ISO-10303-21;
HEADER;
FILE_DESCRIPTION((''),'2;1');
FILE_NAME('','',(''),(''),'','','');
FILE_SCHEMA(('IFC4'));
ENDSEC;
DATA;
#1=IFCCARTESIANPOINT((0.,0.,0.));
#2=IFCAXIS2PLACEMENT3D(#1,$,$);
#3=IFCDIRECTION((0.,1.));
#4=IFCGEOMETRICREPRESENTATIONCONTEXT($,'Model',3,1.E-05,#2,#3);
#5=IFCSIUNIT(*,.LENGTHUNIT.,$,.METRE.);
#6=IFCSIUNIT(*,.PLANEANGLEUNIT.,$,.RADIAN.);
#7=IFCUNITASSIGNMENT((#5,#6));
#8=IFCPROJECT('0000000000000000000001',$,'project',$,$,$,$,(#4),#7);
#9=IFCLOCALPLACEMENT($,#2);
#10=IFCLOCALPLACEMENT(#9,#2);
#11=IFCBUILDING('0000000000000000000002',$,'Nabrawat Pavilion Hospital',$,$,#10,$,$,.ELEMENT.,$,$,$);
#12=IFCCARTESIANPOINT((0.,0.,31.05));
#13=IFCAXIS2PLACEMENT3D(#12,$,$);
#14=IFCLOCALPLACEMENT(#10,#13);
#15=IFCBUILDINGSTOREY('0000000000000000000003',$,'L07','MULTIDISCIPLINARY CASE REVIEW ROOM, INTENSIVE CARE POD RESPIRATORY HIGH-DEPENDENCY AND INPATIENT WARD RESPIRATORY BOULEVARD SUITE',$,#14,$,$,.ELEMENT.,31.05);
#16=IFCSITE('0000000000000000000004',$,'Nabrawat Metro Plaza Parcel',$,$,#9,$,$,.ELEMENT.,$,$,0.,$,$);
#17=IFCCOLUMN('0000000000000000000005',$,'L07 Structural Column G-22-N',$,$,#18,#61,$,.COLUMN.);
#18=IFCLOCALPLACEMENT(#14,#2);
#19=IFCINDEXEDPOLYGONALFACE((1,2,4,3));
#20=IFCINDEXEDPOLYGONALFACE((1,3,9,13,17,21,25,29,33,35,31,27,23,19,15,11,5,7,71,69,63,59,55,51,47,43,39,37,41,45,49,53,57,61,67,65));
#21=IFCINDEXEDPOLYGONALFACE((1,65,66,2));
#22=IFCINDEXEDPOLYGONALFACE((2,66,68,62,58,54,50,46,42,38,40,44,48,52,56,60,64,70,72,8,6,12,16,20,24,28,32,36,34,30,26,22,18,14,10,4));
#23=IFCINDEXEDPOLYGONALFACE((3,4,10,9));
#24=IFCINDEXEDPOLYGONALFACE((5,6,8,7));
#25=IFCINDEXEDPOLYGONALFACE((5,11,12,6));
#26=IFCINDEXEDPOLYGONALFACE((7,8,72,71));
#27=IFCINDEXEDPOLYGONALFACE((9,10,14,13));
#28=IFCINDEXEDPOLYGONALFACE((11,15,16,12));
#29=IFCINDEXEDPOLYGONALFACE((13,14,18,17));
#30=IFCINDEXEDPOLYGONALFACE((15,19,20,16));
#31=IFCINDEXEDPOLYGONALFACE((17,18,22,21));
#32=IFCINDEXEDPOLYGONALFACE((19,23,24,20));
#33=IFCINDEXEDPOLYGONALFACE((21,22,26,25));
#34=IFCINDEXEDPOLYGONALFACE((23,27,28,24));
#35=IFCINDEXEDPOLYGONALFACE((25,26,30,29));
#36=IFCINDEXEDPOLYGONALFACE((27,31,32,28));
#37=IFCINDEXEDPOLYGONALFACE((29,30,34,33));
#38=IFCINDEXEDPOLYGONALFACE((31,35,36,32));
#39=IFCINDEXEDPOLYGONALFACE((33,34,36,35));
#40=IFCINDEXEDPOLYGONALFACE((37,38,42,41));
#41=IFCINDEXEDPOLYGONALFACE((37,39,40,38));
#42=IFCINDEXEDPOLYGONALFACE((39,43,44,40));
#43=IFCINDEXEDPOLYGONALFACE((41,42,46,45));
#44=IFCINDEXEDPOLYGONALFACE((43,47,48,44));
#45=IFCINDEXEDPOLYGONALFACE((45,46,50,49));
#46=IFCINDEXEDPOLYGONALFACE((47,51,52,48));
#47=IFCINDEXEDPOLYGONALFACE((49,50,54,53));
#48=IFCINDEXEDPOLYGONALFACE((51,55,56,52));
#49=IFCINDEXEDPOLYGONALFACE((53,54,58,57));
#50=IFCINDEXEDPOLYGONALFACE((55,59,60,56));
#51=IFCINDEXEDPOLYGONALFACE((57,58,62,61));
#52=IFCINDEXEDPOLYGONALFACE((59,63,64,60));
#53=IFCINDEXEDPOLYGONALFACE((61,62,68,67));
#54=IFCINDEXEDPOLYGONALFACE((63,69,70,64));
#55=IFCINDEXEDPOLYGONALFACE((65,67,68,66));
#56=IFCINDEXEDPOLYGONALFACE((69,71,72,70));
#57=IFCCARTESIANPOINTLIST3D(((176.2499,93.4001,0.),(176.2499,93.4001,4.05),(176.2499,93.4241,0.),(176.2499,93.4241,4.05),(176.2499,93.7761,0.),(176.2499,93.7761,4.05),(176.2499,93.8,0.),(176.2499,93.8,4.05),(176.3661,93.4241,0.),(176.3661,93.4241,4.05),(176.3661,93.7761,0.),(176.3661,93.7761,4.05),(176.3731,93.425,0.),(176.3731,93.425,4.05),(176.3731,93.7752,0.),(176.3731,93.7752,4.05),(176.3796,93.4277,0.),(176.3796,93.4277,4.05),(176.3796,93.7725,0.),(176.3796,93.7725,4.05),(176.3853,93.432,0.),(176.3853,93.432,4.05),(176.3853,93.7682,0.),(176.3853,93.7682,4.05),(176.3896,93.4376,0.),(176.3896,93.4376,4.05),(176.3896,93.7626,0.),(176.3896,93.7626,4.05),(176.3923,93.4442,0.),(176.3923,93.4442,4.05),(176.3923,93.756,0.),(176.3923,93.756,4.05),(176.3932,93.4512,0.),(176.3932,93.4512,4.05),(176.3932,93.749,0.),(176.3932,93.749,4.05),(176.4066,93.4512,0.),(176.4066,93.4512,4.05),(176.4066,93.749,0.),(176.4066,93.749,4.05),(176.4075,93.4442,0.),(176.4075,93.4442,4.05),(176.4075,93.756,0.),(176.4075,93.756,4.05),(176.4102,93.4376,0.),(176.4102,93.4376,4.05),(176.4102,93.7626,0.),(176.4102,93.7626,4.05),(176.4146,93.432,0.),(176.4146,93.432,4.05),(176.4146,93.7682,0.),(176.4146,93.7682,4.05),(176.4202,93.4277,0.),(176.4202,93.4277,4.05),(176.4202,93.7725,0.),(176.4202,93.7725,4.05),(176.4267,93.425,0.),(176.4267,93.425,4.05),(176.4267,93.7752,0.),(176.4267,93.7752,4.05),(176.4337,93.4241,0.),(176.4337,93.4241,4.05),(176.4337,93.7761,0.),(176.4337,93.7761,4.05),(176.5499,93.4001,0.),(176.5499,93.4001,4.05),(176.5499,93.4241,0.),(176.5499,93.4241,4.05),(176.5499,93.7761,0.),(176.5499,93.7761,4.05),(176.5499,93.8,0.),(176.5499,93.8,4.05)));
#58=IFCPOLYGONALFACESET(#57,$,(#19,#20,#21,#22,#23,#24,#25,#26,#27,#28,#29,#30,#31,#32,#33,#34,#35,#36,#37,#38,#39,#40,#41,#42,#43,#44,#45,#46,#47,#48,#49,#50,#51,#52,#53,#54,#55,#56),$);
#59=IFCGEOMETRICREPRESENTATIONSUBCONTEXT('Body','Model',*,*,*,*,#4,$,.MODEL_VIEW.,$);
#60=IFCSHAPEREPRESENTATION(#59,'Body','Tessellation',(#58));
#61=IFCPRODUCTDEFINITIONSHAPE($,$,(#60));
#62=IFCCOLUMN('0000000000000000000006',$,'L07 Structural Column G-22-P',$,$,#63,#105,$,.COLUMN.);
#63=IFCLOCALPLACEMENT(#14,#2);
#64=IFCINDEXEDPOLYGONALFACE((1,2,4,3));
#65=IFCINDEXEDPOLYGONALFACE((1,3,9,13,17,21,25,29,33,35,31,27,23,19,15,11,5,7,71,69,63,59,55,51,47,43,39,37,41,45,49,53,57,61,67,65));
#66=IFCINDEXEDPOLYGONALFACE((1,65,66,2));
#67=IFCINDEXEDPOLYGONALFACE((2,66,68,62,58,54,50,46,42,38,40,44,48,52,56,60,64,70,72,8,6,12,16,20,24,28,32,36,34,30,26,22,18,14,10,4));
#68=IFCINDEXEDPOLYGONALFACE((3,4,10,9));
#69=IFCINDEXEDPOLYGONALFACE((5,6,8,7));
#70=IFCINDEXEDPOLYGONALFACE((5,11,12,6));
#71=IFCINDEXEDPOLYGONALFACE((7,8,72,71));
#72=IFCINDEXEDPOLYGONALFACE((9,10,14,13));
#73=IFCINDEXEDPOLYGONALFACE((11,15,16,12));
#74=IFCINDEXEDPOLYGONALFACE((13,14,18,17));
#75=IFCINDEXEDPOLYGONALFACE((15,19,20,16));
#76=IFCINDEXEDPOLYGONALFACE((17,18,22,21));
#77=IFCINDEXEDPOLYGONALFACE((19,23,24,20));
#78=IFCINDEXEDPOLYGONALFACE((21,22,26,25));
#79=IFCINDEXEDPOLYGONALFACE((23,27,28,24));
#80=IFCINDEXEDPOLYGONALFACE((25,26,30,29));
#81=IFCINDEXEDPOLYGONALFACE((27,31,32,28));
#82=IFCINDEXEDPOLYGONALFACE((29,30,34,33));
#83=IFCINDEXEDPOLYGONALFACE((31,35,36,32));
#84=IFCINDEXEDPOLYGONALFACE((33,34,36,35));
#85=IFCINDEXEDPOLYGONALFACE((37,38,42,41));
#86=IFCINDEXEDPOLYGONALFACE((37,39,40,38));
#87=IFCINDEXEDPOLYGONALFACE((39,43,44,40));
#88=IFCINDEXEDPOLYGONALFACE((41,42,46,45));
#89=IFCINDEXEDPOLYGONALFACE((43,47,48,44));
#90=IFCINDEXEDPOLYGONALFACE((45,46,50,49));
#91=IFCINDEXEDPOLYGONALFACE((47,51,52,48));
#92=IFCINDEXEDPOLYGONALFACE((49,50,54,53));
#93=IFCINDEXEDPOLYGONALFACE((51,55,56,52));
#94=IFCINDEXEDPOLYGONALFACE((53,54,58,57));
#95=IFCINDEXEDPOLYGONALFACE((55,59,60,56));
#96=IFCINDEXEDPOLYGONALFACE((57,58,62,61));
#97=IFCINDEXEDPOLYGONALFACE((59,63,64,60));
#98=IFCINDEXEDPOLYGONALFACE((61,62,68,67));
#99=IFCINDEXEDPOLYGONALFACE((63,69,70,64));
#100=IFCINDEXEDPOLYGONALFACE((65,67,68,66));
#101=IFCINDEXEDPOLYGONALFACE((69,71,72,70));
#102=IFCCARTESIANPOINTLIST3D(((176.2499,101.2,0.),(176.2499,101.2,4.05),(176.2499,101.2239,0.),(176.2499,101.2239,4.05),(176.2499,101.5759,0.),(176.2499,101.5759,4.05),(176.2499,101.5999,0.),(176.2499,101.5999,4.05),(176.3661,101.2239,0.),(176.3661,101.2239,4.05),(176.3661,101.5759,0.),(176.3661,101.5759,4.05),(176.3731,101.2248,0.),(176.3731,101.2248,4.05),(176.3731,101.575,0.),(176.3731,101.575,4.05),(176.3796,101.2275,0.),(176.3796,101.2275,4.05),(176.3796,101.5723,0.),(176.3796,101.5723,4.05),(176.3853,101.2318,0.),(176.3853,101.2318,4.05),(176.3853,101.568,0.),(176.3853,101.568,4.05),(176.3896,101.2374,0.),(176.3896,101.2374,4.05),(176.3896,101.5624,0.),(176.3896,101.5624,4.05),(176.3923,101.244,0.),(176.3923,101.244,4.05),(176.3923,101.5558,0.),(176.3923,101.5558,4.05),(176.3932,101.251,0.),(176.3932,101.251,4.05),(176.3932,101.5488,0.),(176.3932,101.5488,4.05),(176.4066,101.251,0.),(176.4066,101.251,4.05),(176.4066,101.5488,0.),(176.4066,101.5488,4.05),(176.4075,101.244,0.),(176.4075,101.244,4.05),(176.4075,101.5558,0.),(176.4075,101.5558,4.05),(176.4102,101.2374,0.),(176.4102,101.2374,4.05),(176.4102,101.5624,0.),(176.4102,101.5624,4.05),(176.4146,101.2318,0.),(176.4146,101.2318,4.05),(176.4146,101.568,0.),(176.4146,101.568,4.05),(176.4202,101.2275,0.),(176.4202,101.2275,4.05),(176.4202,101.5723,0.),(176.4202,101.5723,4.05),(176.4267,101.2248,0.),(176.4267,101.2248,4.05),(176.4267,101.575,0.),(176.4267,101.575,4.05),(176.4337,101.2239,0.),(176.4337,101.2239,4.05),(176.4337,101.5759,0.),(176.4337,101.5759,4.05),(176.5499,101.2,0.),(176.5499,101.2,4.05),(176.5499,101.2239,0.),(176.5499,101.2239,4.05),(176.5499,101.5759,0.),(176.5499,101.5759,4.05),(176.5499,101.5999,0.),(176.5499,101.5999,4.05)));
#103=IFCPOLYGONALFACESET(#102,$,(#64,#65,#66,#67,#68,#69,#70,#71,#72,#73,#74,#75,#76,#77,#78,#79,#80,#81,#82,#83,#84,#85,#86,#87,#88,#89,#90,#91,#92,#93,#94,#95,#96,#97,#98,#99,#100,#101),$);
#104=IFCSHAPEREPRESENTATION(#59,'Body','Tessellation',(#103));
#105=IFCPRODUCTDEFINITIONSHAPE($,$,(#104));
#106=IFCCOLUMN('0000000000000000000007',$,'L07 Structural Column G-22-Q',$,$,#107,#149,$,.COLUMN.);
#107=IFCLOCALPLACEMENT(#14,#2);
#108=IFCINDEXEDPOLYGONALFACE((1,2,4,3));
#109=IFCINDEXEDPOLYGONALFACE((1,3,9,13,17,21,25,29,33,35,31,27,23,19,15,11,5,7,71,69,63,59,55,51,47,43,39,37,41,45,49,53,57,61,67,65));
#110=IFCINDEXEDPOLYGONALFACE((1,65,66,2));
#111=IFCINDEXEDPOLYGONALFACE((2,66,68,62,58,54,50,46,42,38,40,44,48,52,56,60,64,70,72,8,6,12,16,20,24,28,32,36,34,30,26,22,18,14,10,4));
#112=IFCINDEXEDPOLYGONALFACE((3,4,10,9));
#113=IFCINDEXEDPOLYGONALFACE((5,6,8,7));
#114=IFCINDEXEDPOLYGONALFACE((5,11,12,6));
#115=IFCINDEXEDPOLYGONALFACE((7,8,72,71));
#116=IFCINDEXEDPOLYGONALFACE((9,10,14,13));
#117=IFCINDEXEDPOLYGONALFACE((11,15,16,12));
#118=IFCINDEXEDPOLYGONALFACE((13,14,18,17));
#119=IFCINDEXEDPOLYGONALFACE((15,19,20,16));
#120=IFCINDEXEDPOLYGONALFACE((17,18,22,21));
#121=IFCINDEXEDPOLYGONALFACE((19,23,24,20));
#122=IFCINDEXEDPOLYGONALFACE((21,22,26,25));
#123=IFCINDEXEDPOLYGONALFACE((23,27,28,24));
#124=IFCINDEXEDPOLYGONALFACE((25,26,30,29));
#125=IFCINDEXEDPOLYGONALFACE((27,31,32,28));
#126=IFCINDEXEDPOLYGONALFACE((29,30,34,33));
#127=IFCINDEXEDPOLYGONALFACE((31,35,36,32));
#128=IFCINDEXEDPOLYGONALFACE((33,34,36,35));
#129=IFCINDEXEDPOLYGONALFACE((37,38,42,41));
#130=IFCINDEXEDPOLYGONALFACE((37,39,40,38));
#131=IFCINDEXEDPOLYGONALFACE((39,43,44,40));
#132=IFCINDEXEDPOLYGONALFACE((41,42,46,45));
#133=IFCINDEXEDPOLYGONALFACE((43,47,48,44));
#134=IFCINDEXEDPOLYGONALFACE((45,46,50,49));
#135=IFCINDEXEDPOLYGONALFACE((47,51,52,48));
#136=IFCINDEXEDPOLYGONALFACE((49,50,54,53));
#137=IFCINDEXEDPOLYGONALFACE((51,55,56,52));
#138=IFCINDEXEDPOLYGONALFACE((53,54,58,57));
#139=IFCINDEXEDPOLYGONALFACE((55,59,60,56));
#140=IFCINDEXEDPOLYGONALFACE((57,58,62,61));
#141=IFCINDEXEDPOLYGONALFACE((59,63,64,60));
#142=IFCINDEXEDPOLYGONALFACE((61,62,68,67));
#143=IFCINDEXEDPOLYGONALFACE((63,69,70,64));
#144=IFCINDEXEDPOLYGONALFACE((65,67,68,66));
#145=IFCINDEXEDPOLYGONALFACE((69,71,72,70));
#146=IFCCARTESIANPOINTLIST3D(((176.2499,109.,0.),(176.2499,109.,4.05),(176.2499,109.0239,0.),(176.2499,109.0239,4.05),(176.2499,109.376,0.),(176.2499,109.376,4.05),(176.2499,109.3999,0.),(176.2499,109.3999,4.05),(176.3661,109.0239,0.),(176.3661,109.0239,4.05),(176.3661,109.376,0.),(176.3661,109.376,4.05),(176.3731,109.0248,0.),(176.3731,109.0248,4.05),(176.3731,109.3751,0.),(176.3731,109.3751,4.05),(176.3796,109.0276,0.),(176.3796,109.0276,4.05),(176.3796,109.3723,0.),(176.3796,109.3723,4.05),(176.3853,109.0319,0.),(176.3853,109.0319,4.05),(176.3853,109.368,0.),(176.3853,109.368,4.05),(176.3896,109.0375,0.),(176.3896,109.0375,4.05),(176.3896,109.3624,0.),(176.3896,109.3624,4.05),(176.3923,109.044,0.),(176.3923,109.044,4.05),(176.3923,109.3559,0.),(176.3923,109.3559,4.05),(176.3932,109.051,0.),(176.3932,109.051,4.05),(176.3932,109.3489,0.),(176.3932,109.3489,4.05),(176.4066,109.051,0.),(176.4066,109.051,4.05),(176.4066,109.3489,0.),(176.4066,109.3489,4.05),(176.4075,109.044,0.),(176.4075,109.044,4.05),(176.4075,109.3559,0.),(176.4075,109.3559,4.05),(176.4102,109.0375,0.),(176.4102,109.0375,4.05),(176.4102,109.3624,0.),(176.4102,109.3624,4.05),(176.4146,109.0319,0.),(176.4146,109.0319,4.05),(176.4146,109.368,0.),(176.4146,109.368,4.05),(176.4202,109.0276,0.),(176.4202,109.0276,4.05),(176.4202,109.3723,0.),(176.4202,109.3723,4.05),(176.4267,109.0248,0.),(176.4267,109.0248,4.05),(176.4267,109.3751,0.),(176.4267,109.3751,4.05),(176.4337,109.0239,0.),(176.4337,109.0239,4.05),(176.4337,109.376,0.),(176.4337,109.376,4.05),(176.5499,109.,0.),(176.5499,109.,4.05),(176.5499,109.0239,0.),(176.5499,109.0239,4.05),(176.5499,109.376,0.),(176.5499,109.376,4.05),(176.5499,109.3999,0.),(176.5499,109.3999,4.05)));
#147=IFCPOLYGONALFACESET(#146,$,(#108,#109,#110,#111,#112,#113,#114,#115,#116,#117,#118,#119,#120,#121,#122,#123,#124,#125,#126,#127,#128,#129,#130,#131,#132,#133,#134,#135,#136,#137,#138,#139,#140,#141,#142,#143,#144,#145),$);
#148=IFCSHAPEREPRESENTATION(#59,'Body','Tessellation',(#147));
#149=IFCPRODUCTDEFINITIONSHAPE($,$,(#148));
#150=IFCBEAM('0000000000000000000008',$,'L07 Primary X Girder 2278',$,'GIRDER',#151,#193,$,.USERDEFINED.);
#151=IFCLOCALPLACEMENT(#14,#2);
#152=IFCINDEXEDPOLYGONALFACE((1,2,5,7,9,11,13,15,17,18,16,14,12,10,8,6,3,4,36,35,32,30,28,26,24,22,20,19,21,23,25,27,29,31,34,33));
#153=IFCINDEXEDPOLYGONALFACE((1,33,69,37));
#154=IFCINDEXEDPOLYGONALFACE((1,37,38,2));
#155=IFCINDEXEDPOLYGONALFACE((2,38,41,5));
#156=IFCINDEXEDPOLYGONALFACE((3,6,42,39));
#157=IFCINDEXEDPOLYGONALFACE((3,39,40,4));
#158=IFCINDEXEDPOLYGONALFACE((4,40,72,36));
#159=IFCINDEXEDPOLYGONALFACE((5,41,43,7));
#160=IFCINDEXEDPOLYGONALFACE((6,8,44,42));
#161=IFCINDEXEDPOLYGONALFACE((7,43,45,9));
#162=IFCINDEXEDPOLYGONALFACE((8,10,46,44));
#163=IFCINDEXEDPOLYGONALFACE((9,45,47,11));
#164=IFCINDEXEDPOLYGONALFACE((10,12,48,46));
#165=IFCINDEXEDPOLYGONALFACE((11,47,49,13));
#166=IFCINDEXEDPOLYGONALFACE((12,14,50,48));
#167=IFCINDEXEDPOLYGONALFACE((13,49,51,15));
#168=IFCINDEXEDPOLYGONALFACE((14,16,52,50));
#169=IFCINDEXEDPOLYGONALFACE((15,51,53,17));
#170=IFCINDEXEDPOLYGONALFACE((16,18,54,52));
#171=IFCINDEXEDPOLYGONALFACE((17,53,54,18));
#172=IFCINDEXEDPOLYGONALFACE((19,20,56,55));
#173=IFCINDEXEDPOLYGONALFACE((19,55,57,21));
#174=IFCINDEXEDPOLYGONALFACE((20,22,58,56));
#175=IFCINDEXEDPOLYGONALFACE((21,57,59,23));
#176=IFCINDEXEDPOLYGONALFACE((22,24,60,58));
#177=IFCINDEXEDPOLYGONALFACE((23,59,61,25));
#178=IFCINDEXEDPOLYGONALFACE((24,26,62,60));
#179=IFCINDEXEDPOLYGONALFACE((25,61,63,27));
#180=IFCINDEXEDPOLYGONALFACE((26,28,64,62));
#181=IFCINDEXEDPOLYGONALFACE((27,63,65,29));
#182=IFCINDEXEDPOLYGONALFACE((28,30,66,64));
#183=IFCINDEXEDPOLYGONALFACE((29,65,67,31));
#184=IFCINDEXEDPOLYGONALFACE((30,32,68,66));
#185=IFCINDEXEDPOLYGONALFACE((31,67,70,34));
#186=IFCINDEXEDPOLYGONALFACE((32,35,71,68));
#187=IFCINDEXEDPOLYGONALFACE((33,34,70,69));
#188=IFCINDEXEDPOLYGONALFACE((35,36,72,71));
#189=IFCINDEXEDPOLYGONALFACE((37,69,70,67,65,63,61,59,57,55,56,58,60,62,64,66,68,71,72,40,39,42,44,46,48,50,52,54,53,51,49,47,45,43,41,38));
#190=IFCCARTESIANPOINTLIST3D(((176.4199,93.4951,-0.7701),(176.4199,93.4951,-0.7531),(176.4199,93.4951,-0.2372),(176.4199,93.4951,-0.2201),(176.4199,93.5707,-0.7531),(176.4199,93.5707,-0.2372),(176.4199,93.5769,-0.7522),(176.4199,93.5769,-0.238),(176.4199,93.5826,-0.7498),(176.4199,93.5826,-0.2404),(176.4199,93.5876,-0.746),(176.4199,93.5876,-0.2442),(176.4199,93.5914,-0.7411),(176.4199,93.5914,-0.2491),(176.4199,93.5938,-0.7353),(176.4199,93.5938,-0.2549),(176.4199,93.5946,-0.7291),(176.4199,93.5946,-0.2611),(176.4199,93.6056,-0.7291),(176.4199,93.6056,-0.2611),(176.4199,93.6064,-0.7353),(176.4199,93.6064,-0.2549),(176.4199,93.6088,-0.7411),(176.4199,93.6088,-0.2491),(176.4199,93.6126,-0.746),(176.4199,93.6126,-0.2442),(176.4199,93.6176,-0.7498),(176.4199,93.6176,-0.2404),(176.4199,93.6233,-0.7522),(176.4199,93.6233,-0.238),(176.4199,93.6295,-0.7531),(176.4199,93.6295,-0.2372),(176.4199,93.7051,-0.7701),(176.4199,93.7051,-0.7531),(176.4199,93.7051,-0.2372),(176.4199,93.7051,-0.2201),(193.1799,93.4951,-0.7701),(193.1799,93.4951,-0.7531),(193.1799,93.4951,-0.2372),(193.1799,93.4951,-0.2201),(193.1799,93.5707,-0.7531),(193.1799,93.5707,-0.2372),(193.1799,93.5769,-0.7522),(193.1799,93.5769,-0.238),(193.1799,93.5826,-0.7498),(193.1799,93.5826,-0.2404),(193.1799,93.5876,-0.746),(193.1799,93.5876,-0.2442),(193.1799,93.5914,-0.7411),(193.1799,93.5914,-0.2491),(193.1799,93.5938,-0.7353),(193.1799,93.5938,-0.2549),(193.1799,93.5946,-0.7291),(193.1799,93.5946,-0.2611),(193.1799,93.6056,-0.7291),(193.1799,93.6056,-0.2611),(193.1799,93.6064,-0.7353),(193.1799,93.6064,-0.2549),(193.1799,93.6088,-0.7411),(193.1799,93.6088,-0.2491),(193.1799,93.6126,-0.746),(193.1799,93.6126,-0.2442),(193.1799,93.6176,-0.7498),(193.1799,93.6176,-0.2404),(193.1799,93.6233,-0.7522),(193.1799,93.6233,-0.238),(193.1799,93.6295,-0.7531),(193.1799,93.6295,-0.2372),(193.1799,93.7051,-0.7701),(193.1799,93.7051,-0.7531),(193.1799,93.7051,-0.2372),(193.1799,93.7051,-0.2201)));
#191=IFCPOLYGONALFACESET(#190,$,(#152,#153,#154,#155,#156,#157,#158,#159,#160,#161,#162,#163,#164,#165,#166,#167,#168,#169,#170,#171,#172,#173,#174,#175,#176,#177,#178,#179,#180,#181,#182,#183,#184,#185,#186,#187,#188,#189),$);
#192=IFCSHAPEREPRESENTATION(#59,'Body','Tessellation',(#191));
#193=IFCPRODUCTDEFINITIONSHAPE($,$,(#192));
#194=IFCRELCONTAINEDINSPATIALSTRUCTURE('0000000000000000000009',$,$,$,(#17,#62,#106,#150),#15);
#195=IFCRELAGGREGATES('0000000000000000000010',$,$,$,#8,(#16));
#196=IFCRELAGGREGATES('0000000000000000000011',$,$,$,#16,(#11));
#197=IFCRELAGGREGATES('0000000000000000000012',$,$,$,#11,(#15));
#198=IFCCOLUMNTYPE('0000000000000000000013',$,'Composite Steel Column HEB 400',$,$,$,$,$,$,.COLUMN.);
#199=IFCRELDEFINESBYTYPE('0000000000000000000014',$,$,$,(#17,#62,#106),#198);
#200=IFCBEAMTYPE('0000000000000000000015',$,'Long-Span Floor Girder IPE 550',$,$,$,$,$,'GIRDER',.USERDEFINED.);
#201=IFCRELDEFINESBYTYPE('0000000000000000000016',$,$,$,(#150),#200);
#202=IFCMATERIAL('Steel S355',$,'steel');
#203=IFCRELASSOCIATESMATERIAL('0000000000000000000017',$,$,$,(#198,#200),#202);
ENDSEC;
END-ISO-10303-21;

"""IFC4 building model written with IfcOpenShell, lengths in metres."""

from ifc_helpers import new_model, si_unit, direction, frame, origin, origin_2d, place, context, subcontext, project, spatial, i_section, extrude, material, material_profile, profile_set, type_object, element, save


model = new_model("IFC4")

# Units and contexts
model_context = context("Model", 3, precision=1e-05, world=origin(), true_north=direction((0.0, 1.0)))
body_context = subcontext(model_context, "Body", "Model", "MODEL_VIEW")
ifc_project = project(units=[si_unit("LENGTHUNIT", "METRE"), si_unit("PLANEANGLEUNIT", "RADIAN")], contexts=[model_context])

# Site, building, storey
site_placement = place(None, origin())
site = spatial("IfcSite", under=ifc_project, at=site_placement, Name="Nabrawat Metro Plaza Parcel", CompositionType="ELEMENT", RefElevation=0.0)
building_placement = place(site_placement, origin())
building = spatial("IfcBuilding", under=site, at=building_placement, Name="Nabrawat Pavilion Hospital", CompositionType="ELEMENT")
storey_placement = place(building_placement, frame((0.0, 0.0, 31.05)))
storey = spatial("IfcBuildingStorey", under=building, at=storey_placement, Name="L07", Description="MULTIDISCIPLINARY CASE REVIEW ROOM, INTENSIVE CARE POD RESPIRATORY HIGH-DEPENDENCY AND INPATIENT WARD RESPIRATORY BOULEVARD SUITE", CompositionType="ELEMENT", Elevation=31.05)

# Columns
ifc_material_1 = material(Name="Steel S355", Category="steel")
ifc_material_profile_1 = material_profile(ifc_material_1, i_section(OverallWidth=0.3, OverallDepth=0.3999, WebThickness=0.0134, FlangeThickness=0.0239, FilletRadius=0.0271, at=origin_2d()), Name="HEB 400")
ifc_profile_set_1 = profile_set([ifc_material_profile_1], Name="Steel S355")
column_type = type_object("IfcColumnType", Name="Composite Steel Column HEB 400", PredefinedType="COLUMN", material=ifc_profile_set_1)
for number, where, z_axis, x_axis, name in (
    (1, (176.3999, 93.6001, 0.0), (0.0, 0.0, 1.0), (1.0, 0.0, 0.0), "L07 Structural Column G-22-N"),
    (2, (176.3999, 101.3999, 0.0), (0.0, 0.0, 1.0), (1.0, 0.0, 0.0), "L07 Structural Column G-22-P"),
    (3, (176.3999, 109.2, 0.0), (0.0, 0.0, 1.0), (1.0, 0.0, 0.0), "L07 Structural Column G-22-Q"),
):
    element("IfcColumn", number, at=place(storey_placement, frame(where, z_axis=z_axis, x_axis=x_axis)), inside=storey, type_object=column_type, Name=name, PredefinedType="COLUMN", context=body_context, shape_type="SweptSolid", body=[
        extrude(i_section(OverallWidth=0.3, OverallDepth=0.3999, WebThickness=0.0134, FlangeThickness=0.0239, FilletRadius=0.0271, at=origin_2d()), origin(), (0.0, 0.0, 1.0), 4.05),
    ])

# Beam
ifc_material_profile_2 = material_profile(ifc_material_1, i_section(OverallWidth=0.21, OverallDepth=0.55, WebThickness=0.011, FlangeThickness=0.0171, FilletRadius=0.0239, at=origin_2d()), Name="IPE 550")
ifc_profile_set_2 = profile_set([ifc_material_profile_2], Name="Steel S355")
beam_type_1 = type_object("IfcBeamType", Name="Long-Span Floor Girder IPE 550", ElementType="GIRDER", PredefinedType="USERDEFINED", material=ifc_profile_set_2)
for number, where, z_axis, x_axis, name in (
    (4, (176.4199, 93.6001, -0.4951), (1.0, 0.0, 0.0), (0.0, 1.0, 0.0), "L07 Primary X Girder 2278"),
):
    element("IfcBeam", number, at=place(storey_placement, frame(where, z_axis=z_axis, x_axis=x_axis)), inside=storey, type_object=beam_type_1, Name=name, ObjectType="GIRDER", PredefinedType="USERDEFINED", context=body_context, shape_type="SweptSolid", body=[
        extrude(i_section(OverallWidth=0.21, OverallDepth=0.55, WebThickness=0.011, FlangeThickness=0.0171, FilletRadius=0.0239, at=origin_2d()), origin(), (0.0, 0.0, 1.0), 16.76),
    ])

save(model, "model.ifc")
